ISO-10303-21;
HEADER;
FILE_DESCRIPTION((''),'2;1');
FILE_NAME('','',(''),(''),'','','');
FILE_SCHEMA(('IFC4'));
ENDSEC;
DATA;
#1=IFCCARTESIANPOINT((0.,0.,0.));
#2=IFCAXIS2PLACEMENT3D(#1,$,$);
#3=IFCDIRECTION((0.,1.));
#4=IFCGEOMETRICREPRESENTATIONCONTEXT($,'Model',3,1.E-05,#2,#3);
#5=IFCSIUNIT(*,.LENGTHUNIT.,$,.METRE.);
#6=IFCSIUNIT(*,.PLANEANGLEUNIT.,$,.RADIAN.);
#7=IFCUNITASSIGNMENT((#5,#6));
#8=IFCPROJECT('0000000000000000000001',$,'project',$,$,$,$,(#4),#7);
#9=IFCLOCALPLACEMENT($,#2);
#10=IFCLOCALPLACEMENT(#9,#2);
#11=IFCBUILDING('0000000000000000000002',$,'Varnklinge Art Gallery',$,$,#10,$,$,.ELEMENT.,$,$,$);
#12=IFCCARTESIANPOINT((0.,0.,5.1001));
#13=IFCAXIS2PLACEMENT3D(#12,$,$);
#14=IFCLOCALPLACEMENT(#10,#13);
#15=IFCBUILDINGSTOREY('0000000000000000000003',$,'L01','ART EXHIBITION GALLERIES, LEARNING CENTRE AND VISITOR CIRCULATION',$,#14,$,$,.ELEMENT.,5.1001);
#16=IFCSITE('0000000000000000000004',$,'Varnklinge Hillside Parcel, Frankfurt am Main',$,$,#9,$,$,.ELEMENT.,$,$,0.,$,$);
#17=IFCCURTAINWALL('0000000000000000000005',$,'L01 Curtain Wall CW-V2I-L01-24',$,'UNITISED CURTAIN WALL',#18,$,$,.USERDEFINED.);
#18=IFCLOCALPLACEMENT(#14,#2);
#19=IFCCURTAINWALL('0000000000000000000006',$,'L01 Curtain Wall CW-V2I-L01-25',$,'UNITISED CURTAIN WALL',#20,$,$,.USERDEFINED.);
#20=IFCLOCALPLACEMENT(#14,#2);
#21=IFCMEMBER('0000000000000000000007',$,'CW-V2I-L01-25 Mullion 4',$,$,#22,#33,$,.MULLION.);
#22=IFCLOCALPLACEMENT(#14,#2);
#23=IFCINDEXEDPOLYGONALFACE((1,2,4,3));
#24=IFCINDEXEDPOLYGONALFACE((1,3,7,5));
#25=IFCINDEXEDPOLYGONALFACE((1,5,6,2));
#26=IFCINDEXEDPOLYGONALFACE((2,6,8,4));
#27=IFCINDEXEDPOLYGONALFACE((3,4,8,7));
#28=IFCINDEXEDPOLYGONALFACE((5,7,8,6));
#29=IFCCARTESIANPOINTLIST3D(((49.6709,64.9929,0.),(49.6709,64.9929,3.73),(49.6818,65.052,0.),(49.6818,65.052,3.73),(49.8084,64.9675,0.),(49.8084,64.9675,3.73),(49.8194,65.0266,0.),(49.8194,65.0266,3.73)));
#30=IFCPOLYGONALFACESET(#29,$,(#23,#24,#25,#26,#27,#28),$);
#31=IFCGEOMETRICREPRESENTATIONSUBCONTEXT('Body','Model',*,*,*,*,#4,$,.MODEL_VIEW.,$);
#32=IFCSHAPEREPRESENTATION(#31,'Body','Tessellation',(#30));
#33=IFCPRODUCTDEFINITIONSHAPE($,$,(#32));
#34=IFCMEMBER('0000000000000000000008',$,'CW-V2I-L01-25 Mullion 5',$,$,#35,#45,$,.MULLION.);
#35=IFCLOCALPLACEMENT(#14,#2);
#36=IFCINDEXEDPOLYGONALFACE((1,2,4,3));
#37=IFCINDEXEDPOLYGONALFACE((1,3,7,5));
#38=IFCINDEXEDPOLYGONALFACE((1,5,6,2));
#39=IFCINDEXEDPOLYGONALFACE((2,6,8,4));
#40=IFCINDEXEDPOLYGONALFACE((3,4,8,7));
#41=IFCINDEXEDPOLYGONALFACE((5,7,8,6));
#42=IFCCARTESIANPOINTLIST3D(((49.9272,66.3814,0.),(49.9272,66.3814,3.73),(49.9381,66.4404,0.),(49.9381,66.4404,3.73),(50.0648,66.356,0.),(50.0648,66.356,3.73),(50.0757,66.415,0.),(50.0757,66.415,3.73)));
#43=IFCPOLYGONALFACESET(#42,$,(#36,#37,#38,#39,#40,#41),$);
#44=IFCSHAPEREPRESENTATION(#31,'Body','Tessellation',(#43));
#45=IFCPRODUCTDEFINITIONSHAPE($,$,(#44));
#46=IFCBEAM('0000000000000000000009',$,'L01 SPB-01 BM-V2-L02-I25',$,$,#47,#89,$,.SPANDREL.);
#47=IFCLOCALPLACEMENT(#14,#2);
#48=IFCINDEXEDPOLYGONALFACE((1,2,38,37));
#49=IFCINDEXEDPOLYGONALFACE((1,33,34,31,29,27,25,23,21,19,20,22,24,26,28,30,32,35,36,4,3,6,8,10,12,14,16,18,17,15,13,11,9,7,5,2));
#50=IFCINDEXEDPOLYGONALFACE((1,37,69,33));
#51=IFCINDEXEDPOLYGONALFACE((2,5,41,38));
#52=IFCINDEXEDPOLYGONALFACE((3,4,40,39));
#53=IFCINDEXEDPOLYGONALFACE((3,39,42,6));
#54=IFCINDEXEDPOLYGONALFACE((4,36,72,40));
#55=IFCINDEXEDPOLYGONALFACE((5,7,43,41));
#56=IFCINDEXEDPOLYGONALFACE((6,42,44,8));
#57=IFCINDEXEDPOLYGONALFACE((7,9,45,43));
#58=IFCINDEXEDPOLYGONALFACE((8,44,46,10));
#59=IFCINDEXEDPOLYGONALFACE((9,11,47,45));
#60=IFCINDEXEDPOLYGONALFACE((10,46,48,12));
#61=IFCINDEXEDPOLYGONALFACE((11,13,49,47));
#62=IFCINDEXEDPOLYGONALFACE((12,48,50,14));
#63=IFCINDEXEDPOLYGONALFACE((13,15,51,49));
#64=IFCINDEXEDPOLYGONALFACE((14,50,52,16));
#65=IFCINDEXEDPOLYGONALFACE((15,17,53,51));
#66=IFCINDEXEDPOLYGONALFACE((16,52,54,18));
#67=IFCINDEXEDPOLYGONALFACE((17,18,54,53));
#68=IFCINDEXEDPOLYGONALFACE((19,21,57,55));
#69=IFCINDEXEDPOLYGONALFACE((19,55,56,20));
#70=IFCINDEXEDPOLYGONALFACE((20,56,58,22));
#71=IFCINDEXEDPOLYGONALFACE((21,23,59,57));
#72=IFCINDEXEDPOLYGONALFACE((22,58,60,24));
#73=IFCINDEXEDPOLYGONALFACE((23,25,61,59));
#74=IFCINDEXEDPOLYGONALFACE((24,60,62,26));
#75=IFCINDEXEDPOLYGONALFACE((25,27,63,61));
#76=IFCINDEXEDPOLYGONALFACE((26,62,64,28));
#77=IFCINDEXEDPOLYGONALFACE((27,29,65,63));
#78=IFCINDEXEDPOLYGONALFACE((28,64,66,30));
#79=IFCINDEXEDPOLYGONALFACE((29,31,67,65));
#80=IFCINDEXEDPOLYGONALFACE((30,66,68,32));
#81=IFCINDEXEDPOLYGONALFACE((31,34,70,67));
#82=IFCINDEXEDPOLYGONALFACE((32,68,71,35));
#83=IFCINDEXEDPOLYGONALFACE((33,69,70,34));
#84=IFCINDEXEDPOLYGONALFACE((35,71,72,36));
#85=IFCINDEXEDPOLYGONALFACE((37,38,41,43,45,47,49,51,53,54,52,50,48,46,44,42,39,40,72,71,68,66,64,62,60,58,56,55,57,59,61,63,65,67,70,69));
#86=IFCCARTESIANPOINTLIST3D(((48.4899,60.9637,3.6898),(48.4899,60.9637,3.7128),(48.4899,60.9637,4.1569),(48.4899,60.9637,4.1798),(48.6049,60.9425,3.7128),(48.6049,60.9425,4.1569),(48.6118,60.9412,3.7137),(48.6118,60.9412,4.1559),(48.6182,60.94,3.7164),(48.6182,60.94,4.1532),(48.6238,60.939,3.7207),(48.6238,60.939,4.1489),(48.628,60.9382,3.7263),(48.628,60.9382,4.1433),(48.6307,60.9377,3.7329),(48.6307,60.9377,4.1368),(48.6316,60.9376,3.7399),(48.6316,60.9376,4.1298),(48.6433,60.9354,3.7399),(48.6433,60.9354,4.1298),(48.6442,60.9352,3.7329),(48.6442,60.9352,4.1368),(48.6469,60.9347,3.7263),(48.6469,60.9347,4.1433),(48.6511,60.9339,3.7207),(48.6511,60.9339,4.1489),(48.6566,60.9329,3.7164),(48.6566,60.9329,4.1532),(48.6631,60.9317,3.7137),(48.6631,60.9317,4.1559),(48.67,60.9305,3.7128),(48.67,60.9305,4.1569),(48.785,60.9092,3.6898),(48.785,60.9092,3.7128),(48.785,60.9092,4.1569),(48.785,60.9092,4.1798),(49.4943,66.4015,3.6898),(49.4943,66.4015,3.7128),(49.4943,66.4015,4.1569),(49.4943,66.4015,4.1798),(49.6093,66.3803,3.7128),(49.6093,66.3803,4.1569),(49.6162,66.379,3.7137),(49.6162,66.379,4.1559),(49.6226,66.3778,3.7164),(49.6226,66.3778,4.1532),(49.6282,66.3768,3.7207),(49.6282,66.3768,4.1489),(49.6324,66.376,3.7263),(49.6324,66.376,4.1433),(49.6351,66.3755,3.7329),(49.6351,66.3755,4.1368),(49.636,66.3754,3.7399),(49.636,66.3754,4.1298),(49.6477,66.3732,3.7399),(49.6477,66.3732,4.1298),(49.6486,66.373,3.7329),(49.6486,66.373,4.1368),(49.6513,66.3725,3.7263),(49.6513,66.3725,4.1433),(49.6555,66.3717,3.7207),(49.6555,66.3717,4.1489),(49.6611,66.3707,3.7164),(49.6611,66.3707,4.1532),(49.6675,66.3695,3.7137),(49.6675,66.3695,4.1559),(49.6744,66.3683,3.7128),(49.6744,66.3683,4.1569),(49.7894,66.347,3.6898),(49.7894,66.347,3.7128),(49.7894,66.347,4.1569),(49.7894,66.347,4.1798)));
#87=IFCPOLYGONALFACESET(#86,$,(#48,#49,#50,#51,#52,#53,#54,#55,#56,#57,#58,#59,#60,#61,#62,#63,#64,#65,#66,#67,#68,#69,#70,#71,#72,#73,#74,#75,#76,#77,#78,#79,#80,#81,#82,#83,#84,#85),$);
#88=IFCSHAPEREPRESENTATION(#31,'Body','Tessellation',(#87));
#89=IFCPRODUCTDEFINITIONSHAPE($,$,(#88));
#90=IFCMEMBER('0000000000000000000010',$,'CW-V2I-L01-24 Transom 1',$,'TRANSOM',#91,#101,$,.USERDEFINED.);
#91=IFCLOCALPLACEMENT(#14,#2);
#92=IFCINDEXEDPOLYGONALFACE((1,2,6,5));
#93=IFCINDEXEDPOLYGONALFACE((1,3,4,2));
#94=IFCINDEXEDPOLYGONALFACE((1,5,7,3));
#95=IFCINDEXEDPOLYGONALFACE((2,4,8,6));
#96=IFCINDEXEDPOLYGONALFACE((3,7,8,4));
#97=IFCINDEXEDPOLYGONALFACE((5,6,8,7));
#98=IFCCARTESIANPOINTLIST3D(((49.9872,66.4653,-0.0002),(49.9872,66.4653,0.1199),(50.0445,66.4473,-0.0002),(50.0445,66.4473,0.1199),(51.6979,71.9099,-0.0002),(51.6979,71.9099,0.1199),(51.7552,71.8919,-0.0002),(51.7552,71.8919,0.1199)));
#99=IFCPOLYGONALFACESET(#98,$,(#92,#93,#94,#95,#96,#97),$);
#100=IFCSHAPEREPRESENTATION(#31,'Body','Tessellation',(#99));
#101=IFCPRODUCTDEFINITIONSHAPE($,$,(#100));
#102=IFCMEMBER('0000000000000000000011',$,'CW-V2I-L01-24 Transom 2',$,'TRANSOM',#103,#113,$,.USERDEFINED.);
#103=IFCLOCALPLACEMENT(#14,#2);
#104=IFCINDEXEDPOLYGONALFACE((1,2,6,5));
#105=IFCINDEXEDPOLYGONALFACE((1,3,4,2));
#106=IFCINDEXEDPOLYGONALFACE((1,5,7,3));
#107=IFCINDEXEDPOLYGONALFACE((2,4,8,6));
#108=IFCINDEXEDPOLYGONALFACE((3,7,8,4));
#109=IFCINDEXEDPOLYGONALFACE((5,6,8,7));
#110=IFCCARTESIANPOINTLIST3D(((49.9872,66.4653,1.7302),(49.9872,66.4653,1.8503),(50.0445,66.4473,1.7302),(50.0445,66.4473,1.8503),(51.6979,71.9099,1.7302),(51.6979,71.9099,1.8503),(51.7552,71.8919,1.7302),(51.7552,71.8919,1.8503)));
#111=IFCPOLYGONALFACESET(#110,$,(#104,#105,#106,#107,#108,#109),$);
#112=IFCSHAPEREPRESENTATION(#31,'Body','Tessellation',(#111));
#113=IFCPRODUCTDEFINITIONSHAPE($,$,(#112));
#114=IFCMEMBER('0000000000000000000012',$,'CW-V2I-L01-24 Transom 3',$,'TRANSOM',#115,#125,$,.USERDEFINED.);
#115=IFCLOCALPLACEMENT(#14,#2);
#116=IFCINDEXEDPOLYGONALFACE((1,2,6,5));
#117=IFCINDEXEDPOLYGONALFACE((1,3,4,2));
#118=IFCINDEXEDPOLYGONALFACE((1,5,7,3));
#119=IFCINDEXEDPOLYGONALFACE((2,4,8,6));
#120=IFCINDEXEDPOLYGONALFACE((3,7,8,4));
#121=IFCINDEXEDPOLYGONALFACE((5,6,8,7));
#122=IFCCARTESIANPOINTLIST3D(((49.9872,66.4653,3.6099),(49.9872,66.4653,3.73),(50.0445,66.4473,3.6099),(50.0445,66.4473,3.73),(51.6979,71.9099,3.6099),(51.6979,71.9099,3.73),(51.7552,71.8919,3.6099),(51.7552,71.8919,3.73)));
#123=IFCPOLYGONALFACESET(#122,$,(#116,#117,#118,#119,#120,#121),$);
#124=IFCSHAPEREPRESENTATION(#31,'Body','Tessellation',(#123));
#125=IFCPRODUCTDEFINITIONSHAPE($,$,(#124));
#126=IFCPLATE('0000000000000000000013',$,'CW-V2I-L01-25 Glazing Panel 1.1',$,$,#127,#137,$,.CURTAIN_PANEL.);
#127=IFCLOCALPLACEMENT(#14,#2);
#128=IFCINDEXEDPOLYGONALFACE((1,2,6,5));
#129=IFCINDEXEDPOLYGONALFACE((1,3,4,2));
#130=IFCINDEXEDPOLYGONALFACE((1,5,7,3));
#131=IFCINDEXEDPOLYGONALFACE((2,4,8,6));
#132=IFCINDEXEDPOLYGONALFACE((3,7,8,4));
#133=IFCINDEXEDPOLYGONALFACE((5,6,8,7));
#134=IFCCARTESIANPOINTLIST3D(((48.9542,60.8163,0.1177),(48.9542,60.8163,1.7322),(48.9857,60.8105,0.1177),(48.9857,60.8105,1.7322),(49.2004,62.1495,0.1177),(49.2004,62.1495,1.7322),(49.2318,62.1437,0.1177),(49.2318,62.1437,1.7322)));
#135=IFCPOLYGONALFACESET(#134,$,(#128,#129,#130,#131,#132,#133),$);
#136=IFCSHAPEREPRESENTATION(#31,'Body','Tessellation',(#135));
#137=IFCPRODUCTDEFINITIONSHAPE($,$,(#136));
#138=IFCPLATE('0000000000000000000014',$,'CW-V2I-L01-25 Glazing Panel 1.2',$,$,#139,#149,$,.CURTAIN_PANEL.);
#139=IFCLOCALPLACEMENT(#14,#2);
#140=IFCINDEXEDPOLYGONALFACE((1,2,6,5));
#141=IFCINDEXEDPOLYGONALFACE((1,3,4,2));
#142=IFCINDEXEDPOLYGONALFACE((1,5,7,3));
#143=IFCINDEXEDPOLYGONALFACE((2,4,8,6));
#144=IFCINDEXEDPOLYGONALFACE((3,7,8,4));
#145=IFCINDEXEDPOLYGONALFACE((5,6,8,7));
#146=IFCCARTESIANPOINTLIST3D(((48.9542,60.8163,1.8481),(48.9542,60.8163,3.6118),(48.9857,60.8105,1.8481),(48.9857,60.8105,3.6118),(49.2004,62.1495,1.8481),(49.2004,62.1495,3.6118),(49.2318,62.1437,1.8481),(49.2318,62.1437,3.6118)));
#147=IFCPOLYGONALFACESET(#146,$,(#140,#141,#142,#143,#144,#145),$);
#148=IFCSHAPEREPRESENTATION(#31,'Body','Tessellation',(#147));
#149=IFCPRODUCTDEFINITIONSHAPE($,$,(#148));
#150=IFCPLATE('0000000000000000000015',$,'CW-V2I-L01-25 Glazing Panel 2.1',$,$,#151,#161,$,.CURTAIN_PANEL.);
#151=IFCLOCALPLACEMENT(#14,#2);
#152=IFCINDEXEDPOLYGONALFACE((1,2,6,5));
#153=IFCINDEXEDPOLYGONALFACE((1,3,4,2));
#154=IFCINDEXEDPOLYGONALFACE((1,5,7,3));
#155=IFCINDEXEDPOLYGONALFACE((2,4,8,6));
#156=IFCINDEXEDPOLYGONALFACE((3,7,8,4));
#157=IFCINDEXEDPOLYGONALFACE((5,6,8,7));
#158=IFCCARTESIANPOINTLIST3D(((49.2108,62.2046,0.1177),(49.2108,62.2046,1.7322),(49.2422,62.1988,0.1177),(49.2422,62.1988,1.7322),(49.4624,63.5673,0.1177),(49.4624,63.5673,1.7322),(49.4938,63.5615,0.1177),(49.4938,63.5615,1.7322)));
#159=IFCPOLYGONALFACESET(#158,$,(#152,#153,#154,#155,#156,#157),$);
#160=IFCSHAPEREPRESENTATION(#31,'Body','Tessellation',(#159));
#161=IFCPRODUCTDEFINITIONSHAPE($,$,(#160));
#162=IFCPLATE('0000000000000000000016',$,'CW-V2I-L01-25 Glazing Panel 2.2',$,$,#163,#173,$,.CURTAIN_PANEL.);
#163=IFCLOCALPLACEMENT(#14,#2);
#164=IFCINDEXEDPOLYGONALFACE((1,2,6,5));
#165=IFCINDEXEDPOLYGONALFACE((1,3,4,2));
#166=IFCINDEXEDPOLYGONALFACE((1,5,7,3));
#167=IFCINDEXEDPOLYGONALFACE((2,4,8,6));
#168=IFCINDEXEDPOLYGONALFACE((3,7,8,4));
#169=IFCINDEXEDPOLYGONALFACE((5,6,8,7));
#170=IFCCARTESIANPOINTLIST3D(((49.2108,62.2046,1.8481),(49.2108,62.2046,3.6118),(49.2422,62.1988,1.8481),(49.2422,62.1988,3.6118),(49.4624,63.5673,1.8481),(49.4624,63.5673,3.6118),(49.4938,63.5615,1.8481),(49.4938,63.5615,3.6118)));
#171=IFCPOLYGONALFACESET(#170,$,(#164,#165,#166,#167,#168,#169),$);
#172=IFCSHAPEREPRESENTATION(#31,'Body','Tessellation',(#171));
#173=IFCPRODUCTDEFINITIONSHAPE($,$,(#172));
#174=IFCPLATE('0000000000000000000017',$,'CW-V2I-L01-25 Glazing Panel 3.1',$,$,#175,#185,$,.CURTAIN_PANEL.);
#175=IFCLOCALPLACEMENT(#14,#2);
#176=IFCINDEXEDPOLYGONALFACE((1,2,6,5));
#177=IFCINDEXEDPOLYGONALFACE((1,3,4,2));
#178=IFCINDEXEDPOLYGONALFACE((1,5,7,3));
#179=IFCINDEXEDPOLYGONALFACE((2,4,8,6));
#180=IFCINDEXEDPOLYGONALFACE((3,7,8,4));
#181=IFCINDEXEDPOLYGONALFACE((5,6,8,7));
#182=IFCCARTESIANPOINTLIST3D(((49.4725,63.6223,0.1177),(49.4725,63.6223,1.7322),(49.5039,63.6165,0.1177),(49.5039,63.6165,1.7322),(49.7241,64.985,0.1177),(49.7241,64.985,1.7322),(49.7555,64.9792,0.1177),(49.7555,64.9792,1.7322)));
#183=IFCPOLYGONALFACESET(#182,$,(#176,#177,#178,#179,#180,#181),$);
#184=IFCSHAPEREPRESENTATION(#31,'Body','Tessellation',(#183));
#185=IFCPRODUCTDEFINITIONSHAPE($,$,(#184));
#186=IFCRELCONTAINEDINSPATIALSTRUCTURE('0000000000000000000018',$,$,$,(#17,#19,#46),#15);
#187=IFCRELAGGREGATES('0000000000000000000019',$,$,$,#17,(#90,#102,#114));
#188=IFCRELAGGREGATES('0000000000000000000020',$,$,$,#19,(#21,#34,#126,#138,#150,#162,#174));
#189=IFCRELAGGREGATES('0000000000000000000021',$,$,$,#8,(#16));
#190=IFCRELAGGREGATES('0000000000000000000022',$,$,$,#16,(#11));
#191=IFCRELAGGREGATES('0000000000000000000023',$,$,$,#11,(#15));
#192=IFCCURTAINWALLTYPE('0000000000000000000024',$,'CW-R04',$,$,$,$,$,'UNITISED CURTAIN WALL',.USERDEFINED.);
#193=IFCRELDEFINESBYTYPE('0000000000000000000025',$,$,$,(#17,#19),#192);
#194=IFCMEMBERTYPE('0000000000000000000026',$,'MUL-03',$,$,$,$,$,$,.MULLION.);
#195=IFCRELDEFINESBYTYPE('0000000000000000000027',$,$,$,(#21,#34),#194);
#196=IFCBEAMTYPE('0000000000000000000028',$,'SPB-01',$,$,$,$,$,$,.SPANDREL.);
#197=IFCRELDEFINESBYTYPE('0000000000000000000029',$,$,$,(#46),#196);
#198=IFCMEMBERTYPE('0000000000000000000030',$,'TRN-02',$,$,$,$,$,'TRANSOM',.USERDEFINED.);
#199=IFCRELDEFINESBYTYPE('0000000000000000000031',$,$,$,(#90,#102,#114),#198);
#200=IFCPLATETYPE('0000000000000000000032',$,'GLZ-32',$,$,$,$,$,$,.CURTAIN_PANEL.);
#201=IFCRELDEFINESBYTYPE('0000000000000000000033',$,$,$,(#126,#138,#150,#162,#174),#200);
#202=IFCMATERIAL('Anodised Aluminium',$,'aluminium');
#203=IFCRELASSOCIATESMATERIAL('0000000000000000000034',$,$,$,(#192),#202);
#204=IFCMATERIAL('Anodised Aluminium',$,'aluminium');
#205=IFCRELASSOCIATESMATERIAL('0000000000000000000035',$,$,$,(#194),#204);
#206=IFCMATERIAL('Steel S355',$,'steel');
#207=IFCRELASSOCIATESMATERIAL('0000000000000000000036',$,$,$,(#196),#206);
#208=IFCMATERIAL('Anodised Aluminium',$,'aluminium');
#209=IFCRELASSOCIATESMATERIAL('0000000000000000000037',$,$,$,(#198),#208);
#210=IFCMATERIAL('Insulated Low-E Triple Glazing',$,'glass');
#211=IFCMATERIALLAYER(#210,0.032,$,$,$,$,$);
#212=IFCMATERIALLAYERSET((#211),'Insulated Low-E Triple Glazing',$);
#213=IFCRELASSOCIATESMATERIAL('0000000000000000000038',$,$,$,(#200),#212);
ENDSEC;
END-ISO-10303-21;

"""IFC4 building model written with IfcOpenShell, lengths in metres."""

from ifc_helpers import new_model, si_unit, direction, frame, origin, origin_2d, place, context, subcontext, project, spatial, rectangle, i_section, extrude, material, layer, layer_set, material_profile, profile_set, type_object, element, aggregate, save


model = new_model("IFC4")

# Units and contexts
model_context = context("Model", 3, precision=1e-05, world=origin(), true_north=direction((0.0, 1.0)))
body_context = subcontext(model_context, "Body", "Model", "MODEL_VIEW")
ifc_project = project(units=[si_unit("LENGTHUNIT", "METRE"), si_unit("PLANEANGLEUNIT", "RADIAN")], contexts=[model_context])

# Site, building, storey
site_placement = place(None, origin())
site = spatial("IfcSite", under=ifc_project, at=site_placement, Name="Varnklinge Hillside Parcel, Frankfurt am Main", CompositionType="ELEMENT", RefElevation=0.0)
building_placement = place(site_placement, origin())
building = spatial("IfcBuilding", under=site, at=building_placement, Name="Varnklinge Art Gallery", CompositionType="ELEMENT")
storey_placement = place(building_placement, frame((0.0, 0.0, 5.1001)))
storey = spatial("IfcBuildingStorey", under=building, at=storey_placement, Name="L01", Description="ART EXHIBITION GALLERIES, LEARNING CENTRE AND VISITOR CIRCULATION", CompositionType="ELEMENT", Elevation=5.1001)

# Curtain wall
ifc_material_1 = material(Name="Anodised Aluminium", Category="aluminium")
curtain_wall_type = type_object("IfcCurtainWallType", Name="CW-R04", ElementType="UNITISED CURTAIN WALL", PredefinedType="USERDEFINED", material=ifc_material_1)
curtain_wall_1_placement = place(storey_placement, origin())
curtain_wall_1 = element("IfcCurtainWall", 1, at=curtain_wall_1_placement, inside=storey, type_object=curtain_wall_type, Name="L01 Curtain Wall CW-V2I-L01-24", ObjectType="UNITISED CURTAIN WALL", PredefinedType="USERDEFINED")
ifc_material_2 = material(Name="Anodised Aluminium", Category="aluminium")
ifc_material_profile_1 = material_profile(ifc_material_2, rectangle(XDim=0.0601, YDim=0.1399, at=origin_2d()), Name="ALU 60x140")
ifc_profile_set_1 = profile_set([ifc_material_profile_1], Name="Anodised Aluminium")
member_type_1 = type_object("IfcMemberType", Name="MUL-03", PredefinedType="MULLION", material=ifc_profile_set_1)

# Curtain wall, members
curtain_wall_2_placement = place(storey_placement, origin())
curtain_wall_2 = element("IfcCurtainWall", 2, at=curtain_wall_2_placement, inside=storey, type_object=curtain_wall_type, Name="L01 Curtain Wall CW-V2I-L01-25", ObjectType="UNITISED CURTAIN WALL", PredefinedType="USERDEFINED")
member_1_placement = place(storey_placement, frame((49.7451, 65.0098, 0.0), z_axis=(0.0, 0.0, 1.0), x_axis=(0.181549, 0.983382, 0.0)))
member_1 = element("IfcMember", 3, at=member_1_placement, type_object=member_type_1, Name="CW-V2I-L01-25 Mullion 4", PredefinedType="MULLION", context=body_context, shape_type="SweptSolid", body=[
    extrude(rectangle(XDim=0.0601, YDim=0.1399, at=origin_2d()), origin(), (0.0, 0.0, 1.0), 3.73),
])
member_2_placement = place(storey_placement, frame((50.0015, 66.3982, 0.0), z_axis=(0.0, 0.0, 1.0), x_axis=(0.181549, 0.983382, 0.0)))
member_2 = element("IfcMember", 4, at=member_2_placement, type_object=member_type_1, Name="CW-V2I-L01-25 Mullion 5", PredefinedType="MULLION", context=body_context, shape_type="SweptSolid", body=[
    extrude(rectangle(XDim=0.0601, YDim=0.1399, at=origin_2d()), origin(), (0.0, 0.0, 1.0), 3.73),
])

# Beam
ifc_material_3 = material(Name="Steel S355", Category="steel")
ifc_material_profile_2 = material_profile(ifc_material_3, i_section(OverallWidth=0.3, OverallDepth=0.49, WebThickness=0.012, FlangeThickness=0.0229, FilletRadius=0.0271, at=origin_2d()), Name="HEA 500")
ifc_profile_set_2 = profile_set([ifc_material_profile_2], Name="Steel S355")
beam_type_1 = type_object("IfcBeamType", Name="SPB-01", PredefinedType="SPANDREL", material=ifc_profile_set_2)
beam_1_placement = place(storey_placement, frame((49.6418, 66.3743, 3.9348), z_axis=(-0.181635, -0.983366, 0.0), x_axis=(0.983366, -0.181635, 0.0)))
element("IfcBeam", 5, at=beam_1_placement, inside=storey, type_object=beam_type_1, Name="L01 SPB-01 BM-V2-L02-I25", PredefinedType="SPANDREL", context=body_context, shape_type="SweptSolid", body=[
    extrude(i_section(OverallWidth=0.3, OverallDepth=0.49, WebThickness=0.012, FlangeThickness=0.0229, FilletRadius=0.0271, at=origin_2d()), origin(), (0.0, 0.0, 1.0), 5.5298),
])

# Members
ifc_material_4 = material(Name="Anodised Aluminium", Category="aluminium")
ifc_material_profile_3 = material_profile(ifc_material_4, rectangle(XDim=0.0601, YDim=0.1201, at=origin_2d()), Name="ALU 60x120")
ifc_profile_set_3 = profile_set([ifc_material_profile_3], Name="Anodised Aluminium")
member_type_2 = type_object("IfcMemberType", Name="TRN-02", ElementType="TRANSOM", PredefinedType="USERDEFINED", material=ifc_profile_set_3)
member_3_placement = place(storey_placement, frame((50.0159, 66.4563, 0.0598), z_axis=(0.299753, 0.954017, 0.0), x_axis=(-0.954017, 0.299753, 0.0)))
member_3 = element("IfcMember", 6, at=member_3_placement, type_object=member_type_2, Name="CW-V2I-L01-24 Transom 1", ObjectType="TRANSOM", PredefinedType="USERDEFINED", context=body_context, shape_type="SweptSolid", body=[
    extrude(rectangle(XDim=0.0601, YDim=0.1201, at=origin_2d()), origin(), (0.0, 0.0, 1.0), 5.707),
])
member_4_placement = place(storey_placement, frame((50.0159, 66.4563, 1.7903), z_axis=(0.299753, 0.954017, 0.0), x_axis=(-0.954017, 0.299753, 0.0)))
member_4 = element("IfcMember", 7, at=member_4_placement, type_object=member_type_2, Name="CW-V2I-L01-24 Transom 2", ObjectType="TRANSOM", PredefinedType="USERDEFINED", context=body_context, shape_type="SweptSolid", body=[
    extrude(rectangle(XDim=0.0601, YDim=0.1201, at=origin_2d()), origin(), (0.0, 0.0, 1.0), 5.707),
])
member_5_placement = place(storey_placement, frame((50.0159, 66.4563, 3.6699), z_axis=(0.299753, 0.954017, 0.0), x_axis=(-0.954017, 0.299753, 0.0)))
member_5 = element("IfcMember", 8, at=member_5_placement, type_object=member_type_2, Name="CW-V2I-L01-24 Transom 3", ObjectType="TRANSOM", PredefinedType="USERDEFINED", context=body_context, shape_type="SweptSolid", body=[
    extrude(rectangle(XDim=0.0601, YDim=0.1201, at=origin_2d()), origin(), (0.0, 0.0, 1.0), 5.707),
])
aggregate(curtain_wall_1, [member_3, member_4, member_5])

# Plates
ifc_material_5 = material(Name="Insulated Low-E Triple Glazing", Category="glass")
ifc_layer_1 = layer(ifc_material_5, 0.032)
ifc_layer_set_1 = layer_set([ifc_layer_1], Name="Insulated Low-E Triple Glazing")
plate_type_1 = type_object("IfcPlateType", Name="GLZ-32", PredefinedType="CURTAIN_PANEL", material=ifc_layer_set_1)
plate_1_placement = place(storey_placement, frame((49.093, 61.48, 0.1177), z_axis=(0.0, 0.0, 1.0), x_axis=(0.181549, 0.983382, 0.0)))
plate_1 = element("IfcPlate", 9, at=plate_1_placement, type_object=plate_type_1, Name="CW-V2I-L01-25 Glazing Panel 1.1", PredefinedType="CURTAIN_PANEL", context=body_context, shape_type="SweptSolid", body=[
    extrude(rectangle(XDim=1.3557, YDim=0.032, at=origin_2d()), origin(), (0.0, 0.0, 1.0), 1.6145),
])
plate_2_placement = place(storey_placement, frame((49.093, 61.48, 1.8481), z_axis=(0.0, 0.0, 1.0), x_axis=(0.181549, 0.983382, 0.0)))
plate_2 = element("IfcPlate", 10, at=plate_2_placement, type_object=plate_type_1, Name="CW-V2I-L01-25 Glazing Panel 1.2", PredefinedType="CURTAIN_PANEL", context=body_context, shape_type="SweptSolid", body=[
    extrude(rectangle(XDim=1.3557, YDim=0.032, at=origin_2d()), origin(), (0.0, 0.0, 1.0), 1.7637),
])
plate_3_placement = place(storey_placement, frame((49.3523, 62.8831, 0.1177), z_axis=(0.0, 0.0, 1.0), x_axis=(0.181549, 0.983382, 0.0)))
plate_3 = element("IfcPlate", 11, at=plate_3_placement, type_object=plate_type_1, Name="CW-V2I-L01-25 Glazing Panel 2.1", PredefinedType="CURTAIN_PANEL", context=body_context, shape_type="SweptSolid", body=[
    extrude(rectangle(XDim=1.3857, YDim=0.032, at=origin_2d()), origin(), (0.0, 0.0, 1.0), 1.6145),
])
plate_4_placement = place(storey_placement, frame((49.3523, 62.8831, 1.8481), z_axis=(0.0, 0.0, 1.0), x_axis=(0.181549, 0.983382, 0.0)))
plate_4 = element("IfcPlate", 12, at=plate_4_placement, type_object=plate_type_1, Name="CW-V2I-L01-25 Glazing Panel 2.2", PredefinedType="CURTAIN_PANEL", context=body_context, shape_type="SweptSolid", body=[
    extrude(rectangle(XDim=1.3857, YDim=0.032, at=origin_2d()), origin(), (0.0, 0.0, 1.0), 1.7637),
])
plate_5_placement = place(storey_placement, frame((49.614, 64.3008, 0.1177), z_axis=(0.0, 0.0, 1.0), x_axis=(0.181549, 0.983382, 0.0)))
plate_5 = element("IfcPlate", 13, at=plate_5_placement, type_object=plate_type_1, Name="CW-V2I-L01-25 Glazing Panel 3.1", PredefinedType="CURTAIN_PANEL", context=body_context, shape_type="SweptSolid", body=[
    extrude(rectangle(XDim=1.3857, YDim=0.032, at=origin_2d()), origin(), (0.0, 0.0, 1.0), 1.6145),
])
aggregate(curtain_wall_2, [member_1, member_2, plate_1, plate_2, plate_3, plate_4, plate_5])

save(model, "model.ifc")
